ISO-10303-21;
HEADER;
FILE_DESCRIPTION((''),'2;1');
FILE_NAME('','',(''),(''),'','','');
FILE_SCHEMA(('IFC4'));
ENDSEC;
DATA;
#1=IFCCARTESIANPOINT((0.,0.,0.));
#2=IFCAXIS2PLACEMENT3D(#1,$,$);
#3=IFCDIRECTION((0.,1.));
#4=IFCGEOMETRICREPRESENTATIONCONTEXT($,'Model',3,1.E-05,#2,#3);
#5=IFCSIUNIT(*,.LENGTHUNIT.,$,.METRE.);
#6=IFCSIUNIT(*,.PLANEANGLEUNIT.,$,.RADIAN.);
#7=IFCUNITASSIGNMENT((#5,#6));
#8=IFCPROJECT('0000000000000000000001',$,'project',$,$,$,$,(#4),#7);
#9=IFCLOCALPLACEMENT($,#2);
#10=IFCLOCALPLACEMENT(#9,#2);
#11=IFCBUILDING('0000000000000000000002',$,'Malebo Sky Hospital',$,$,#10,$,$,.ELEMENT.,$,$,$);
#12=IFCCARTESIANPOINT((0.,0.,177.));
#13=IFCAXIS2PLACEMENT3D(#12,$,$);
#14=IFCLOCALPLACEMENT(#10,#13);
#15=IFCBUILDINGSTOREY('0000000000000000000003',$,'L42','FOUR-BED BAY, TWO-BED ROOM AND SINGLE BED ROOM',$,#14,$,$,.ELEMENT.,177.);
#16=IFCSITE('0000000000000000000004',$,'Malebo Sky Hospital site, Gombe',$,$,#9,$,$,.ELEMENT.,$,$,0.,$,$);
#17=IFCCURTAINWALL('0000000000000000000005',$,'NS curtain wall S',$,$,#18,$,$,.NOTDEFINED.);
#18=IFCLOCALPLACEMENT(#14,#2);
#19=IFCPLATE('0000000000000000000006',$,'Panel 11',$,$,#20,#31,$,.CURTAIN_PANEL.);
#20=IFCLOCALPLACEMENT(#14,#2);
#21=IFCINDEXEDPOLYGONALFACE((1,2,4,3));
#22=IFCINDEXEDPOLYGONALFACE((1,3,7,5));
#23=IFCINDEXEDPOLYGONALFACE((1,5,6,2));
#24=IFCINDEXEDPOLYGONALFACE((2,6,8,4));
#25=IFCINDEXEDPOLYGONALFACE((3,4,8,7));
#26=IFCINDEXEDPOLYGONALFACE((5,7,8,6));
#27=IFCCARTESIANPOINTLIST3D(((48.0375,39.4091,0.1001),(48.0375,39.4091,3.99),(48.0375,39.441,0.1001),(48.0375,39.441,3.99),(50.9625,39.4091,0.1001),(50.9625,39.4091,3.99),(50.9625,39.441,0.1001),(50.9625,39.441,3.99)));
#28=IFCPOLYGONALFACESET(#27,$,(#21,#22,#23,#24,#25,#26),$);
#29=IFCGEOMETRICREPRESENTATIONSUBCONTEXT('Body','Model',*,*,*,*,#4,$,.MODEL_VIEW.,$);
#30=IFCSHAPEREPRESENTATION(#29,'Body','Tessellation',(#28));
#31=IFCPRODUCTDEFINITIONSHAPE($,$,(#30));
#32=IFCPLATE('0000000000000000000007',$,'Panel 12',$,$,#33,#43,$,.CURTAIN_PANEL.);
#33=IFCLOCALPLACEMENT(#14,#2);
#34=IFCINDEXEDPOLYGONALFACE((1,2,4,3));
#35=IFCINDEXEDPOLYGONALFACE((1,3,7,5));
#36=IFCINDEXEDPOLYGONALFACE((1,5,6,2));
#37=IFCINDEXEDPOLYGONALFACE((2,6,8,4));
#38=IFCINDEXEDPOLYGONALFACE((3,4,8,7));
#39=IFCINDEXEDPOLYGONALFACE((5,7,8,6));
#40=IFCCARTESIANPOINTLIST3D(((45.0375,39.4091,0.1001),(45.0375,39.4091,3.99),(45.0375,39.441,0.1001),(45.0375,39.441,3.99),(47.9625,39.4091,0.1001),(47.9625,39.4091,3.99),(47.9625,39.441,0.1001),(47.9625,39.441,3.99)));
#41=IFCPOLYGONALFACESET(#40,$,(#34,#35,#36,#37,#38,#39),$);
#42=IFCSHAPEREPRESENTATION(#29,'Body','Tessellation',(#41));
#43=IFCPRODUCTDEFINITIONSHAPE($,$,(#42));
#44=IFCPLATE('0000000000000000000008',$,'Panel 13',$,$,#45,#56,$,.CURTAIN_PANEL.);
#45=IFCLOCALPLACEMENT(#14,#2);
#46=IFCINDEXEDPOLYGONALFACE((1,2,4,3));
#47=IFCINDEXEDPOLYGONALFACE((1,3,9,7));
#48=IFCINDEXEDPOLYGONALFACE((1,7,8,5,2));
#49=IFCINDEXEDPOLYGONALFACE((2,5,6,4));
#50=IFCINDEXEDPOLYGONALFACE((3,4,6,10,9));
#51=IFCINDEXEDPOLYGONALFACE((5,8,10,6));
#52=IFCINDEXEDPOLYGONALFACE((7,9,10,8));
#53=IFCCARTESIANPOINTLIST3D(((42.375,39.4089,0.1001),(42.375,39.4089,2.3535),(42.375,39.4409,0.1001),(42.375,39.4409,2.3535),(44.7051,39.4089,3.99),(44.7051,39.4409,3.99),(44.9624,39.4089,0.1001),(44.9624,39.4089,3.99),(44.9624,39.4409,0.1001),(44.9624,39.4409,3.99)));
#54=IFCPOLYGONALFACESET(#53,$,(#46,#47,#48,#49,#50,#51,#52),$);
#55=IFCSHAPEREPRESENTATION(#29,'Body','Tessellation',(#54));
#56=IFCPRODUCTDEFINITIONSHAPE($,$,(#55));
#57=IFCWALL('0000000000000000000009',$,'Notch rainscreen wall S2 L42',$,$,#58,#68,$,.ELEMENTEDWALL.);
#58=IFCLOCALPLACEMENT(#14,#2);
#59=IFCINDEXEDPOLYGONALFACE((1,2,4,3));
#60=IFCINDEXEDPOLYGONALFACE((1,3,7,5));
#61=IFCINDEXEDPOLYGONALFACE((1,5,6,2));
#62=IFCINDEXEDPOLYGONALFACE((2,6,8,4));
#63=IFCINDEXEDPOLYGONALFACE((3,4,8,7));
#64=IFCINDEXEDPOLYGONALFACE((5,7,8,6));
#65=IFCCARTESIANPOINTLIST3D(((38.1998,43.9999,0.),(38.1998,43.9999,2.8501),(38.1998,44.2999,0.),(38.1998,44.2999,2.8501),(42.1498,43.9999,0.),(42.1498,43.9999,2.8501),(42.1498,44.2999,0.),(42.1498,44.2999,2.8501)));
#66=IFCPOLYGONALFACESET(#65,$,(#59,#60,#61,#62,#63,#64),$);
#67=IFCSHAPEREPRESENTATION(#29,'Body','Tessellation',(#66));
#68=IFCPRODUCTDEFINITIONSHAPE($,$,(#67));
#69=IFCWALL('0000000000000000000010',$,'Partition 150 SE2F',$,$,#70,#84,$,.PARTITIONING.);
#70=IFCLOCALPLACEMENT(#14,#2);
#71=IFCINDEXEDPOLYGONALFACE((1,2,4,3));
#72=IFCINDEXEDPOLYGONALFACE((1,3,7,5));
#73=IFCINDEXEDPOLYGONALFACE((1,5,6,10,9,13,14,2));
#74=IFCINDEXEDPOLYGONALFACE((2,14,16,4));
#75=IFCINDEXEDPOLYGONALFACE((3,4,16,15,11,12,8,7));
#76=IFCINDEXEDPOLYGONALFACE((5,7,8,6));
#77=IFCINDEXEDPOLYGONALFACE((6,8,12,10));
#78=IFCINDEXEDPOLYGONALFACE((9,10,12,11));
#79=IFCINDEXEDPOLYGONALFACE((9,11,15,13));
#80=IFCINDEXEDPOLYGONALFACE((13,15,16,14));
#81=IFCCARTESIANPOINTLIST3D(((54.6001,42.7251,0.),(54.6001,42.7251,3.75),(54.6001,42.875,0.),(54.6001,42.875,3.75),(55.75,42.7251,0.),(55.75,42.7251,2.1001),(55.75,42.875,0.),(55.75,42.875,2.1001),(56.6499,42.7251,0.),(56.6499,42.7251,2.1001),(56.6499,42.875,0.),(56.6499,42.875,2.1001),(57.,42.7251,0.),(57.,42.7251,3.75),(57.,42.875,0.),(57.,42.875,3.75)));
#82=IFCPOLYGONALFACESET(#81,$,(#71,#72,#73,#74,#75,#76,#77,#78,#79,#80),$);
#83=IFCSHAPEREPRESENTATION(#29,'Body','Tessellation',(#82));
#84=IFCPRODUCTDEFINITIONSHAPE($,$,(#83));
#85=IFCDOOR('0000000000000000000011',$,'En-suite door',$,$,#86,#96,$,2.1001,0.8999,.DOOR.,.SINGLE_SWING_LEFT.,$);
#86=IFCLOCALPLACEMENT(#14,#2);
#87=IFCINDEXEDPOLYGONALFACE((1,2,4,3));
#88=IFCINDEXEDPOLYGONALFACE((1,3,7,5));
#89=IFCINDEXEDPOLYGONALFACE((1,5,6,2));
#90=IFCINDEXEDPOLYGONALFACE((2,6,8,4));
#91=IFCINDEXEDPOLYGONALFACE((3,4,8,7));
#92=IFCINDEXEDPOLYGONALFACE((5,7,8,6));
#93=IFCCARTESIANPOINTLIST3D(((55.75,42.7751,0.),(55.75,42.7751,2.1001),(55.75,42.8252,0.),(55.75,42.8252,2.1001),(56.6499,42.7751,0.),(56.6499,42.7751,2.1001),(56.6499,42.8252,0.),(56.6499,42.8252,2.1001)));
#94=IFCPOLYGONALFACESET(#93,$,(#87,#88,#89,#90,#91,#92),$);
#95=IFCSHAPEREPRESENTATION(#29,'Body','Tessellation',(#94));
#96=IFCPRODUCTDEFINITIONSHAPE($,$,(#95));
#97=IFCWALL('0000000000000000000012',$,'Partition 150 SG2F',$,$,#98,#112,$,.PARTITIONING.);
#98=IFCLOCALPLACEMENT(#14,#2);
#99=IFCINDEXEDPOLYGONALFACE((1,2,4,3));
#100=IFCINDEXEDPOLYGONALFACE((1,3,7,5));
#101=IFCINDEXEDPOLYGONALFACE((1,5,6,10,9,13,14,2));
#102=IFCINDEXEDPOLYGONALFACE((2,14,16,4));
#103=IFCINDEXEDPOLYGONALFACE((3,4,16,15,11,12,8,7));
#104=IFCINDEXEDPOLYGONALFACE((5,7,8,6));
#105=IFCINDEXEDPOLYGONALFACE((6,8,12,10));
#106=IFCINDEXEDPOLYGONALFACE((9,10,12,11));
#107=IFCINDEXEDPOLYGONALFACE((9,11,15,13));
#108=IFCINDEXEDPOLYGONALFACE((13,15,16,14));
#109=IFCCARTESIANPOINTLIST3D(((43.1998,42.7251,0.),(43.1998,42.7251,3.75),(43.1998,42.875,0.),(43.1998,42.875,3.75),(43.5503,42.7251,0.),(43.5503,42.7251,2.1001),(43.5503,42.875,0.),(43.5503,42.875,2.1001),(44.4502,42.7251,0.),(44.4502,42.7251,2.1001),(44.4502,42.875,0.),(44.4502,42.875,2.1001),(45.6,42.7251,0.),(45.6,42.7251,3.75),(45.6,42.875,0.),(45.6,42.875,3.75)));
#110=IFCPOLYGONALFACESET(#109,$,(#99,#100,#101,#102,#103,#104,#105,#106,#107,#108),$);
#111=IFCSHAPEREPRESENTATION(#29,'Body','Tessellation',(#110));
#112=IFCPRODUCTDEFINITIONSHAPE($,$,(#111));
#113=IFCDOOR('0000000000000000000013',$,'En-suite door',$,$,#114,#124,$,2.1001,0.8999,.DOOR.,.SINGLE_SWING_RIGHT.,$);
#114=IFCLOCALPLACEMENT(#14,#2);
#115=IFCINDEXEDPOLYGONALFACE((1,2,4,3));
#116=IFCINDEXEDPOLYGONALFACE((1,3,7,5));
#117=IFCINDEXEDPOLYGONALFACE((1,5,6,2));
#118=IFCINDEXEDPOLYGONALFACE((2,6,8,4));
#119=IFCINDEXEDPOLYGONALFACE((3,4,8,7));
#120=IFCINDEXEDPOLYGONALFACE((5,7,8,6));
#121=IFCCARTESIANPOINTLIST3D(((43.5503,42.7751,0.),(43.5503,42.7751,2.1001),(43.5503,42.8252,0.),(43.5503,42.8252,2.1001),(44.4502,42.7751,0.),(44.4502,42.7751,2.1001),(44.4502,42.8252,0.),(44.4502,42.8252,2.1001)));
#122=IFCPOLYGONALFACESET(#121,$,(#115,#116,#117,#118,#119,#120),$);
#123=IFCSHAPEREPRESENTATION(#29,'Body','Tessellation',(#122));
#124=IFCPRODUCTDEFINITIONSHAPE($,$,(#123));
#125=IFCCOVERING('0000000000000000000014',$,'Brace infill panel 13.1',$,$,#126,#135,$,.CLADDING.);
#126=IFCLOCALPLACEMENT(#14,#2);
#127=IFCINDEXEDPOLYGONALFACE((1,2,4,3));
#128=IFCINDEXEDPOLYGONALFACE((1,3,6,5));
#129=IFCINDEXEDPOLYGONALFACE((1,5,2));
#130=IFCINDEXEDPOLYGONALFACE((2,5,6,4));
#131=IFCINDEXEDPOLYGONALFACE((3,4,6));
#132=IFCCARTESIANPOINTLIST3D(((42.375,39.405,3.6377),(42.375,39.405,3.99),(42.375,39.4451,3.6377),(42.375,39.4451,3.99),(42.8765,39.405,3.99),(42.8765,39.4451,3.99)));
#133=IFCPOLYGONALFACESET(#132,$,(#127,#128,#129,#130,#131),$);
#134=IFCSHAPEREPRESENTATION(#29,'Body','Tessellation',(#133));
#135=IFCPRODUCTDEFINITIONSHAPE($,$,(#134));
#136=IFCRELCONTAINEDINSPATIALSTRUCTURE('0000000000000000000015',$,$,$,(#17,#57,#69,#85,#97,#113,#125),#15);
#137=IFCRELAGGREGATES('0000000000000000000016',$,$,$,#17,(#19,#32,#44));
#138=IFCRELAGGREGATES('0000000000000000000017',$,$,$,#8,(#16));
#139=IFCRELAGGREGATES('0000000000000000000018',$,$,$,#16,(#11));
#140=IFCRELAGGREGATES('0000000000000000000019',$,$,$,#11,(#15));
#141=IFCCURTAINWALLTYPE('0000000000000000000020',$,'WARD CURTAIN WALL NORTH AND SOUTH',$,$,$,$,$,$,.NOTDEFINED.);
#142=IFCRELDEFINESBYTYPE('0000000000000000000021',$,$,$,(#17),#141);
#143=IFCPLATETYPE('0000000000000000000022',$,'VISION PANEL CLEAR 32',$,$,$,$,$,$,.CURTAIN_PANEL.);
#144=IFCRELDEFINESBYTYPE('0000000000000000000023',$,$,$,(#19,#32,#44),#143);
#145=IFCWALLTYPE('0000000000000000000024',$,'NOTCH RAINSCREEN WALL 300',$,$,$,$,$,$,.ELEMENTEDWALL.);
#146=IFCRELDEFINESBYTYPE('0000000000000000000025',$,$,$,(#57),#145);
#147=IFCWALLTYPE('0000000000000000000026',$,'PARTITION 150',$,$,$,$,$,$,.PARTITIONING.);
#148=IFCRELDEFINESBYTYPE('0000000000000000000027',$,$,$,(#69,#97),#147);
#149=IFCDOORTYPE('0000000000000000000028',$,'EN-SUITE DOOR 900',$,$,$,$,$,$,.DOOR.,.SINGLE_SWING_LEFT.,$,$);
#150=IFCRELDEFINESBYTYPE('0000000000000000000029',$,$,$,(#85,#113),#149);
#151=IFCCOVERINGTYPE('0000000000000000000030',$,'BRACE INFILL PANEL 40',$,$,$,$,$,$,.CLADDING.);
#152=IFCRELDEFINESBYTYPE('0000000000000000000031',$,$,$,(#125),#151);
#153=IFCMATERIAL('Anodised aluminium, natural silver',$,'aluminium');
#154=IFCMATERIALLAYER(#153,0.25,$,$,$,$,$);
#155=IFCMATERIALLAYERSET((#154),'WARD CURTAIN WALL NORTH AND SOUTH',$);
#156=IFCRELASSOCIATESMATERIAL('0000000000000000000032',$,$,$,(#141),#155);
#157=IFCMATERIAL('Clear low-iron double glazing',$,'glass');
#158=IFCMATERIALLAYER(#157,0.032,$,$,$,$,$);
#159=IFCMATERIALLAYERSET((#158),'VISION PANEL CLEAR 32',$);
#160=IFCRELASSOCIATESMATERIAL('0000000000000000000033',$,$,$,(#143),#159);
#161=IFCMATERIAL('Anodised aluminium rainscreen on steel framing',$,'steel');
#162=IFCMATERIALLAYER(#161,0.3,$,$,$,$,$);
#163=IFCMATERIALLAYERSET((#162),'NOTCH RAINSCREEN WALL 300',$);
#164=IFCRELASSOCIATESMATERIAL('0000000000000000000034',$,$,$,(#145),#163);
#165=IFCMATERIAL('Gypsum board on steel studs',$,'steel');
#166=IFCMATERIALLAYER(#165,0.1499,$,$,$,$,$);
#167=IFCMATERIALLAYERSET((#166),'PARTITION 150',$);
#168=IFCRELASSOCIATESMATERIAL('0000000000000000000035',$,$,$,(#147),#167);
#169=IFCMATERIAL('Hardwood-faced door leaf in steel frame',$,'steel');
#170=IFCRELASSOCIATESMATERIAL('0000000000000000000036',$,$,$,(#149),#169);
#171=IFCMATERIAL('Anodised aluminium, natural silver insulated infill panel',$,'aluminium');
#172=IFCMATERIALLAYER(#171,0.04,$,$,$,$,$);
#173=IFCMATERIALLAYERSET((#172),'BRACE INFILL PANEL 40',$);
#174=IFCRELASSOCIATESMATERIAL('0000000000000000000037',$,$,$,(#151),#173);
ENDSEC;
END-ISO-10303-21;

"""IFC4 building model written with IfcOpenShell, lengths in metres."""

from ifc_helpers import new_model, si_unit, direction, frame, frame_2d, origin, origin_2d, place, context, subcontext, project, spatial, polyline, rectangle, outline, extrude, material, layer, layer_set, type_object, element, fill, aggregate, save


model = new_model("IFC4")

# Units and contexts
model_context = context("Model", 3, precision=1e-05, world=origin(), true_north=direction((0.0, 1.0)))
body_context = subcontext(model_context, "Body", "Model", "MODEL_VIEW")
ifc_project = project(units=[si_unit("LENGTHUNIT", "METRE"), si_unit("PLANEANGLEUNIT", "RADIAN")], contexts=[model_context])

# Site, building, storey
site_placement = place(None, origin())
site = spatial("IfcSite", under=ifc_project, at=site_placement, Name="Malebo Sky Hospital site, Gombe", CompositionType="ELEMENT", RefElevation=0.0)
building_placement = place(site_placement, origin())
building = spatial("IfcBuilding", under=site, at=building_placement, Name="Malebo Sky Hospital", CompositionType="ELEMENT")
storey_placement = place(building_placement, frame((0.0, 0.0, 177.0)))
storey = spatial("IfcBuildingStorey", under=building, at=storey_placement, Name="L42", Description="FOUR-BED BAY, TWO-BED ROOM AND SINGLE BED ROOM", CompositionType="ELEMENT", Elevation=177.0)

# Curtain wall
ifc_material_1 = material(Name="Anodised aluminium, natural silver", Category="aluminium")
ifc_layer_1 = layer(ifc_material_1, 0.25)
ifc_layer_set_1 = layer_set([ifc_layer_1], Name="WARD CURTAIN WALL NORTH AND SOUTH")
curtain_wall_type = type_object("IfcCurtainWallType", Name="WARD CURTAIN WALL NORTH AND SOUTH", PredefinedType="NOTDEFINED", material=ifc_layer_set_1)
curtain_wall_placement = place(storey_placement, origin())
curtain_wall = element("IfcCurtainWall", 1, at=curtain_wall_placement, inside=storey, type_object=curtain_wall_type, Name="NS curtain wall S", PredefinedType="NOTDEFINED")

# Plates
ifc_material_2 = material(Name="Clear low-iron double glazing", Category="glass")
ifc_layer_2 = layer(ifc_material_2, 0.032)
ifc_layer_set_2 = layer_set([ifc_layer_2], Name="VISION PANEL CLEAR 32")
plate_type = type_object("IfcPlateType", Name="VISION PANEL CLEAR 32", PredefinedType="CURTAIN_PANEL", material=ifc_layer_set_2)
plate_1_placement = place(storey_placement, frame((49.5, 39.425, 0.1001), z_axis=(0.0, 0.0, 1.0), x_axis=(-1.0, 0.0, 0.0)))
plate_1 = element("IfcPlate", 2, at=plate_1_placement, type_object=plate_type, Name="Panel 11", PredefinedType="CURTAIN_PANEL", context=body_context, shape_type="SweptSolid", body=[
    extrude(rectangle(XDim=2.925, YDim=0.032, at=origin_2d()), origin(), (0.0, 0.0, 1.0), 3.8899),
])
plate_2_placement = place(storey_placement, frame((46.5, 39.425, 0.1001), z_axis=(0.0, 0.0, 1.0), x_axis=(-1.0, 0.0, 0.0)))
plate_2 = element("IfcPlate", 3, at=plate_2_placement, type_object=plate_type, Name="Panel 12", PredefinedType="CURTAIN_PANEL", context=body_context, shape_type="SweptSolid", body=[
    extrude(rectangle(XDim=2.925, YDim=0.032, at=origin_2d()), origin(), (0.0, 0.0, 1.0), 3.8899),
])
plate_3_placement = place(storey_placement, frame((43.6687, 39.425, 0.1001), z_axis=(0.0, 0.0, 1.0), x_axis=(-1.0, 0.0, 0.0)))
plate_3 = element("IfcPlate", 4, at=plate_3_placement, type_object=plate_type, Name="Panel 13", PredefinedType="CURTAIN_PANEL", context=body_context, shape_type="SweptSolid", body=[
    extrude(outline(polyline([(-1.2937, 0.0), (1.2937, 0.0), (1.2937, 2.2534), (-1.0364, 3.8899), (-1.2937, 3.8899), (-1.2937, 0.0)])), frame((0.0, 0.0161, 0.0), z_axis=(0.0, -1.0, 0.0), x_axis=(1.0, 0.0, 0.0)), (0.0, 0.0, 1.0), 0.032),
])
aggregate(curtain_wall, [plate_1, plate_2, plate_3])

# Wall
ifc_material_3 = material(Name="Anodised aluminium rainscreen on steel framing", Category="steel")
ifc_layer_3 = layer(ifc_material_3, 0.3)
ifc_layer_set_3 = layer_set([ifc_layer_3], Name="NOTCH RAINSCREEN WALL 300")
wall_type_1 = type_object("IfcWallType", Name="NOTCH RAINSCREEN WALL 300", PredefinedType="ELEMENTEDWALL", material=ifc_layer_set_3)
wall_1_placement = place(storey_placement, frame((42.1499, 44.1499, 0.0), z_axis=(0.0, 0.0, 1.0), x_axis=(-1.0, 0.0, 0.0)))
element("IfcWall", 5, at=wall_1_placement, inside=storey, type_object=wall_type_1, Name="Notch rainscreen wall S2 L42", PredefinedType="ELEMENTEDWALL", context=body_context, shape_type="SweptSolid", body=[
    extrude(rectangle(XDim=3.95, YDim=0.3, at=frame_2d((1.9751, 0.0))), origin(), (0.0, 0.0, 1.0), 2.8501),
])

# Walls, openings, doors
ifc_material_4 = material(Name="Gypsum board on steel studs", Category="steel")
ifc_layer_4 = layer(ifc_material_4, 0.1499)
ifc_layer_set_4 = layer_set([ifc_layer_4], Name="PARTITION 150")
wall_type_2 = type_object("IfcWallType", Name="PARTITION 150", PredefinedType="PARTITIONING", material=ifc_layer_set_4)
wall_2_placement = place(storey_placement, frame((57.0, 42.8, 0.0), z_axis=(0.0, 0.0, 1.0), x_axis=(-1.0, 0.0, 0.0)))
wall_2 = element("IfcWall", 6, at=wall_2_placement, inside=storey, type_object=wall_type_2, Name="Partition 150 SE2F", PredefinedType="PARTITIONING", context=body_context, shape_type="SweptSolid", body=[
    extrude(rectangle(XDim=2.3999, YDim=0.1499, at=frame_2d((1.2, 0.0))), origin(), (0.0, 0.0, 1.0), 3.75),
])
opening_1_placement = place(wall_2_placement, frame((0.3501, 0.0, 0.0)))
opening_1 = element("IfcOpeningElement", 7, at=opening_1_placement, cuts=wall_2, PredefinedType="OPENING", context=body_context, shape_type="SweptSolid", body=[
    extrude(rectangle(XDim=0.8999, YDim=2.1001, at=frame_2d((0.45, 1.05))), frame((0.0, 0.085, 0.0), z_axis=(0.0, -1.0, 0.0), x_axis=(1.0, 0.0, 0.0)), (0.0, 0.0, 1.0), 0.1699),
])
ifc_material_5 = material(Name="Hardwood-faced door leaf in steel frame", Category="steel")
door_type = type_object("IfcDoorType", Name="EN-SUITE DOOR 900", OperationType="SINGLE_SWING_LEFT", PredefinedType="DOOR", material=ifc_material_5)
door_1_placement = place(opening_1_placement, origin())
door_1 = element("IfcDoor", 8, at=door_1_placement, inside=storey, type_object=door_type, Name="En-suite door", OperationType="SINGLE_SWING_LEFT", OverallHeight=2.1001, OverallWidth=0.8999, PredefinedType="DOOR", context=body_context, shape_type="SweptSolid", body=[
    extrude(rectangle(XDim=0.8999, YDim=2.1001, at=frame_2d((0.45, 1.05))), frame((0.0, 0.0249, 0.0), z_axis=(0.0, -1.0, 0.0), x_axis=(1.0, 0.0, 0.0)), (0.0, 0.0, 1.0), 0.05),
])
fill(opening_1, door_1)
wall_3_placement = place(storey_placement, frame((45.6001, 42.8, 0.0), z_axis=(0.0, 0.0, 1.0), x_axis=(-1.0, 0.0, 0.0)))
wall_3 = element("IfcWall", 9, at=wall_3_placement, inside=storey, type_object=wall_type_2, Name="Partition 150 SG2F", PredefinedType="PARTITIONING", context=body_context, shape_type="SweptSolid", body=[
    extrude(rectangle(XDim=2.4001, YDim=0.1499, at=frame_2d((1.2002, 0.0))), origin(), (0.0, 0.0, 1.0), 3.75),
])
opening_2_placement = place(wall_3_placement, frame((1.1499, 0.0, 0.0)))
opening_2 = element("IfcOpeningElement", 10, at=opening_2_placement, cuts=wall_3, PredefinedType="OPENING", context=body_context, shape_type="SweptSolid", body=[
    extrude(rectangle(XDim=0.8999, YDim=2.1001, at=frame_2d((0.45, 1.05))), frame((0.0, 0.085, 0.0), z_axis=(0.0, -1.0, 0.0), x_axis=(1.0, 0.0, 0.0)), (0.0, 0.0, 1.0), 0.1699),
])
door_2_placement = place(opening_2_placement, origin())
door_2 = element("IfcDoor", 11, at=door_2_placement, inside=storey, type_object=door_type, Name="En-suite door", OperationType="SINGLE_SWING_RIGHT", OverallHeight=2.1001, OverallWidth=0.8999, PredefinedType="DOOR", context=body_context, shape_type="SweptSolid", body=[
    extrude(rectangle(XDim=0.8999, YDim=2.1001, at=frame_2d((0.45, 1.05))), frame((0.0, 0.0249, 0.0), z_axis=(0.0, -1.0, 0.0), x_axis=(1.0, 0.0, 0.0)), (0.0, 0.0, 1.0), 0.05),
])
fill(opening_2, door_2)

# Covering
ifc_material_6 = material(Name="Anodised aluminium, natural silver insulated infill panel", Category="aluminium")
ifc_layer_5 = layer(ifc_material_6, 0.04)
ifc_layer_set_5 = layer_set([ifc_layer_5], Name="BRACE INFILL PANEL 40")
covering_type = type_object("IfcCoveringType", Name="BRACE INFILL PANEL 40", PredefinedType="CLADDING", material=ifc_layer_set_5)
covering_placement = place(storey_placement, frame((42.6257, 39.425, 3.6377), z_axis=(0.0, 0.0, 1.0), x_axis=(-1.0, 0.0, 0.0)))
element("IfcCovering", 12, at=covering_placement, inside=storey, type_object=covering_type, Name="Brace infill panel 13.1", PredefinedType="CLADDING", context=body_context, shape_type="SweptSolid", body=[
    extrude(outline(polyline([(0.2507, 0.0), (0.2507, 0.3523), (-0.2507, 0.3523), (0.2507, 0.0)])), frame((0.0, 0.02, 0.0), z_axis=(0.0, -1.0, 0.0), x_axis=(1.0, 0.0, 0.0)), (0.0, 0.0, 1.0), 0.04),
])

save(model, "model.ifc")
